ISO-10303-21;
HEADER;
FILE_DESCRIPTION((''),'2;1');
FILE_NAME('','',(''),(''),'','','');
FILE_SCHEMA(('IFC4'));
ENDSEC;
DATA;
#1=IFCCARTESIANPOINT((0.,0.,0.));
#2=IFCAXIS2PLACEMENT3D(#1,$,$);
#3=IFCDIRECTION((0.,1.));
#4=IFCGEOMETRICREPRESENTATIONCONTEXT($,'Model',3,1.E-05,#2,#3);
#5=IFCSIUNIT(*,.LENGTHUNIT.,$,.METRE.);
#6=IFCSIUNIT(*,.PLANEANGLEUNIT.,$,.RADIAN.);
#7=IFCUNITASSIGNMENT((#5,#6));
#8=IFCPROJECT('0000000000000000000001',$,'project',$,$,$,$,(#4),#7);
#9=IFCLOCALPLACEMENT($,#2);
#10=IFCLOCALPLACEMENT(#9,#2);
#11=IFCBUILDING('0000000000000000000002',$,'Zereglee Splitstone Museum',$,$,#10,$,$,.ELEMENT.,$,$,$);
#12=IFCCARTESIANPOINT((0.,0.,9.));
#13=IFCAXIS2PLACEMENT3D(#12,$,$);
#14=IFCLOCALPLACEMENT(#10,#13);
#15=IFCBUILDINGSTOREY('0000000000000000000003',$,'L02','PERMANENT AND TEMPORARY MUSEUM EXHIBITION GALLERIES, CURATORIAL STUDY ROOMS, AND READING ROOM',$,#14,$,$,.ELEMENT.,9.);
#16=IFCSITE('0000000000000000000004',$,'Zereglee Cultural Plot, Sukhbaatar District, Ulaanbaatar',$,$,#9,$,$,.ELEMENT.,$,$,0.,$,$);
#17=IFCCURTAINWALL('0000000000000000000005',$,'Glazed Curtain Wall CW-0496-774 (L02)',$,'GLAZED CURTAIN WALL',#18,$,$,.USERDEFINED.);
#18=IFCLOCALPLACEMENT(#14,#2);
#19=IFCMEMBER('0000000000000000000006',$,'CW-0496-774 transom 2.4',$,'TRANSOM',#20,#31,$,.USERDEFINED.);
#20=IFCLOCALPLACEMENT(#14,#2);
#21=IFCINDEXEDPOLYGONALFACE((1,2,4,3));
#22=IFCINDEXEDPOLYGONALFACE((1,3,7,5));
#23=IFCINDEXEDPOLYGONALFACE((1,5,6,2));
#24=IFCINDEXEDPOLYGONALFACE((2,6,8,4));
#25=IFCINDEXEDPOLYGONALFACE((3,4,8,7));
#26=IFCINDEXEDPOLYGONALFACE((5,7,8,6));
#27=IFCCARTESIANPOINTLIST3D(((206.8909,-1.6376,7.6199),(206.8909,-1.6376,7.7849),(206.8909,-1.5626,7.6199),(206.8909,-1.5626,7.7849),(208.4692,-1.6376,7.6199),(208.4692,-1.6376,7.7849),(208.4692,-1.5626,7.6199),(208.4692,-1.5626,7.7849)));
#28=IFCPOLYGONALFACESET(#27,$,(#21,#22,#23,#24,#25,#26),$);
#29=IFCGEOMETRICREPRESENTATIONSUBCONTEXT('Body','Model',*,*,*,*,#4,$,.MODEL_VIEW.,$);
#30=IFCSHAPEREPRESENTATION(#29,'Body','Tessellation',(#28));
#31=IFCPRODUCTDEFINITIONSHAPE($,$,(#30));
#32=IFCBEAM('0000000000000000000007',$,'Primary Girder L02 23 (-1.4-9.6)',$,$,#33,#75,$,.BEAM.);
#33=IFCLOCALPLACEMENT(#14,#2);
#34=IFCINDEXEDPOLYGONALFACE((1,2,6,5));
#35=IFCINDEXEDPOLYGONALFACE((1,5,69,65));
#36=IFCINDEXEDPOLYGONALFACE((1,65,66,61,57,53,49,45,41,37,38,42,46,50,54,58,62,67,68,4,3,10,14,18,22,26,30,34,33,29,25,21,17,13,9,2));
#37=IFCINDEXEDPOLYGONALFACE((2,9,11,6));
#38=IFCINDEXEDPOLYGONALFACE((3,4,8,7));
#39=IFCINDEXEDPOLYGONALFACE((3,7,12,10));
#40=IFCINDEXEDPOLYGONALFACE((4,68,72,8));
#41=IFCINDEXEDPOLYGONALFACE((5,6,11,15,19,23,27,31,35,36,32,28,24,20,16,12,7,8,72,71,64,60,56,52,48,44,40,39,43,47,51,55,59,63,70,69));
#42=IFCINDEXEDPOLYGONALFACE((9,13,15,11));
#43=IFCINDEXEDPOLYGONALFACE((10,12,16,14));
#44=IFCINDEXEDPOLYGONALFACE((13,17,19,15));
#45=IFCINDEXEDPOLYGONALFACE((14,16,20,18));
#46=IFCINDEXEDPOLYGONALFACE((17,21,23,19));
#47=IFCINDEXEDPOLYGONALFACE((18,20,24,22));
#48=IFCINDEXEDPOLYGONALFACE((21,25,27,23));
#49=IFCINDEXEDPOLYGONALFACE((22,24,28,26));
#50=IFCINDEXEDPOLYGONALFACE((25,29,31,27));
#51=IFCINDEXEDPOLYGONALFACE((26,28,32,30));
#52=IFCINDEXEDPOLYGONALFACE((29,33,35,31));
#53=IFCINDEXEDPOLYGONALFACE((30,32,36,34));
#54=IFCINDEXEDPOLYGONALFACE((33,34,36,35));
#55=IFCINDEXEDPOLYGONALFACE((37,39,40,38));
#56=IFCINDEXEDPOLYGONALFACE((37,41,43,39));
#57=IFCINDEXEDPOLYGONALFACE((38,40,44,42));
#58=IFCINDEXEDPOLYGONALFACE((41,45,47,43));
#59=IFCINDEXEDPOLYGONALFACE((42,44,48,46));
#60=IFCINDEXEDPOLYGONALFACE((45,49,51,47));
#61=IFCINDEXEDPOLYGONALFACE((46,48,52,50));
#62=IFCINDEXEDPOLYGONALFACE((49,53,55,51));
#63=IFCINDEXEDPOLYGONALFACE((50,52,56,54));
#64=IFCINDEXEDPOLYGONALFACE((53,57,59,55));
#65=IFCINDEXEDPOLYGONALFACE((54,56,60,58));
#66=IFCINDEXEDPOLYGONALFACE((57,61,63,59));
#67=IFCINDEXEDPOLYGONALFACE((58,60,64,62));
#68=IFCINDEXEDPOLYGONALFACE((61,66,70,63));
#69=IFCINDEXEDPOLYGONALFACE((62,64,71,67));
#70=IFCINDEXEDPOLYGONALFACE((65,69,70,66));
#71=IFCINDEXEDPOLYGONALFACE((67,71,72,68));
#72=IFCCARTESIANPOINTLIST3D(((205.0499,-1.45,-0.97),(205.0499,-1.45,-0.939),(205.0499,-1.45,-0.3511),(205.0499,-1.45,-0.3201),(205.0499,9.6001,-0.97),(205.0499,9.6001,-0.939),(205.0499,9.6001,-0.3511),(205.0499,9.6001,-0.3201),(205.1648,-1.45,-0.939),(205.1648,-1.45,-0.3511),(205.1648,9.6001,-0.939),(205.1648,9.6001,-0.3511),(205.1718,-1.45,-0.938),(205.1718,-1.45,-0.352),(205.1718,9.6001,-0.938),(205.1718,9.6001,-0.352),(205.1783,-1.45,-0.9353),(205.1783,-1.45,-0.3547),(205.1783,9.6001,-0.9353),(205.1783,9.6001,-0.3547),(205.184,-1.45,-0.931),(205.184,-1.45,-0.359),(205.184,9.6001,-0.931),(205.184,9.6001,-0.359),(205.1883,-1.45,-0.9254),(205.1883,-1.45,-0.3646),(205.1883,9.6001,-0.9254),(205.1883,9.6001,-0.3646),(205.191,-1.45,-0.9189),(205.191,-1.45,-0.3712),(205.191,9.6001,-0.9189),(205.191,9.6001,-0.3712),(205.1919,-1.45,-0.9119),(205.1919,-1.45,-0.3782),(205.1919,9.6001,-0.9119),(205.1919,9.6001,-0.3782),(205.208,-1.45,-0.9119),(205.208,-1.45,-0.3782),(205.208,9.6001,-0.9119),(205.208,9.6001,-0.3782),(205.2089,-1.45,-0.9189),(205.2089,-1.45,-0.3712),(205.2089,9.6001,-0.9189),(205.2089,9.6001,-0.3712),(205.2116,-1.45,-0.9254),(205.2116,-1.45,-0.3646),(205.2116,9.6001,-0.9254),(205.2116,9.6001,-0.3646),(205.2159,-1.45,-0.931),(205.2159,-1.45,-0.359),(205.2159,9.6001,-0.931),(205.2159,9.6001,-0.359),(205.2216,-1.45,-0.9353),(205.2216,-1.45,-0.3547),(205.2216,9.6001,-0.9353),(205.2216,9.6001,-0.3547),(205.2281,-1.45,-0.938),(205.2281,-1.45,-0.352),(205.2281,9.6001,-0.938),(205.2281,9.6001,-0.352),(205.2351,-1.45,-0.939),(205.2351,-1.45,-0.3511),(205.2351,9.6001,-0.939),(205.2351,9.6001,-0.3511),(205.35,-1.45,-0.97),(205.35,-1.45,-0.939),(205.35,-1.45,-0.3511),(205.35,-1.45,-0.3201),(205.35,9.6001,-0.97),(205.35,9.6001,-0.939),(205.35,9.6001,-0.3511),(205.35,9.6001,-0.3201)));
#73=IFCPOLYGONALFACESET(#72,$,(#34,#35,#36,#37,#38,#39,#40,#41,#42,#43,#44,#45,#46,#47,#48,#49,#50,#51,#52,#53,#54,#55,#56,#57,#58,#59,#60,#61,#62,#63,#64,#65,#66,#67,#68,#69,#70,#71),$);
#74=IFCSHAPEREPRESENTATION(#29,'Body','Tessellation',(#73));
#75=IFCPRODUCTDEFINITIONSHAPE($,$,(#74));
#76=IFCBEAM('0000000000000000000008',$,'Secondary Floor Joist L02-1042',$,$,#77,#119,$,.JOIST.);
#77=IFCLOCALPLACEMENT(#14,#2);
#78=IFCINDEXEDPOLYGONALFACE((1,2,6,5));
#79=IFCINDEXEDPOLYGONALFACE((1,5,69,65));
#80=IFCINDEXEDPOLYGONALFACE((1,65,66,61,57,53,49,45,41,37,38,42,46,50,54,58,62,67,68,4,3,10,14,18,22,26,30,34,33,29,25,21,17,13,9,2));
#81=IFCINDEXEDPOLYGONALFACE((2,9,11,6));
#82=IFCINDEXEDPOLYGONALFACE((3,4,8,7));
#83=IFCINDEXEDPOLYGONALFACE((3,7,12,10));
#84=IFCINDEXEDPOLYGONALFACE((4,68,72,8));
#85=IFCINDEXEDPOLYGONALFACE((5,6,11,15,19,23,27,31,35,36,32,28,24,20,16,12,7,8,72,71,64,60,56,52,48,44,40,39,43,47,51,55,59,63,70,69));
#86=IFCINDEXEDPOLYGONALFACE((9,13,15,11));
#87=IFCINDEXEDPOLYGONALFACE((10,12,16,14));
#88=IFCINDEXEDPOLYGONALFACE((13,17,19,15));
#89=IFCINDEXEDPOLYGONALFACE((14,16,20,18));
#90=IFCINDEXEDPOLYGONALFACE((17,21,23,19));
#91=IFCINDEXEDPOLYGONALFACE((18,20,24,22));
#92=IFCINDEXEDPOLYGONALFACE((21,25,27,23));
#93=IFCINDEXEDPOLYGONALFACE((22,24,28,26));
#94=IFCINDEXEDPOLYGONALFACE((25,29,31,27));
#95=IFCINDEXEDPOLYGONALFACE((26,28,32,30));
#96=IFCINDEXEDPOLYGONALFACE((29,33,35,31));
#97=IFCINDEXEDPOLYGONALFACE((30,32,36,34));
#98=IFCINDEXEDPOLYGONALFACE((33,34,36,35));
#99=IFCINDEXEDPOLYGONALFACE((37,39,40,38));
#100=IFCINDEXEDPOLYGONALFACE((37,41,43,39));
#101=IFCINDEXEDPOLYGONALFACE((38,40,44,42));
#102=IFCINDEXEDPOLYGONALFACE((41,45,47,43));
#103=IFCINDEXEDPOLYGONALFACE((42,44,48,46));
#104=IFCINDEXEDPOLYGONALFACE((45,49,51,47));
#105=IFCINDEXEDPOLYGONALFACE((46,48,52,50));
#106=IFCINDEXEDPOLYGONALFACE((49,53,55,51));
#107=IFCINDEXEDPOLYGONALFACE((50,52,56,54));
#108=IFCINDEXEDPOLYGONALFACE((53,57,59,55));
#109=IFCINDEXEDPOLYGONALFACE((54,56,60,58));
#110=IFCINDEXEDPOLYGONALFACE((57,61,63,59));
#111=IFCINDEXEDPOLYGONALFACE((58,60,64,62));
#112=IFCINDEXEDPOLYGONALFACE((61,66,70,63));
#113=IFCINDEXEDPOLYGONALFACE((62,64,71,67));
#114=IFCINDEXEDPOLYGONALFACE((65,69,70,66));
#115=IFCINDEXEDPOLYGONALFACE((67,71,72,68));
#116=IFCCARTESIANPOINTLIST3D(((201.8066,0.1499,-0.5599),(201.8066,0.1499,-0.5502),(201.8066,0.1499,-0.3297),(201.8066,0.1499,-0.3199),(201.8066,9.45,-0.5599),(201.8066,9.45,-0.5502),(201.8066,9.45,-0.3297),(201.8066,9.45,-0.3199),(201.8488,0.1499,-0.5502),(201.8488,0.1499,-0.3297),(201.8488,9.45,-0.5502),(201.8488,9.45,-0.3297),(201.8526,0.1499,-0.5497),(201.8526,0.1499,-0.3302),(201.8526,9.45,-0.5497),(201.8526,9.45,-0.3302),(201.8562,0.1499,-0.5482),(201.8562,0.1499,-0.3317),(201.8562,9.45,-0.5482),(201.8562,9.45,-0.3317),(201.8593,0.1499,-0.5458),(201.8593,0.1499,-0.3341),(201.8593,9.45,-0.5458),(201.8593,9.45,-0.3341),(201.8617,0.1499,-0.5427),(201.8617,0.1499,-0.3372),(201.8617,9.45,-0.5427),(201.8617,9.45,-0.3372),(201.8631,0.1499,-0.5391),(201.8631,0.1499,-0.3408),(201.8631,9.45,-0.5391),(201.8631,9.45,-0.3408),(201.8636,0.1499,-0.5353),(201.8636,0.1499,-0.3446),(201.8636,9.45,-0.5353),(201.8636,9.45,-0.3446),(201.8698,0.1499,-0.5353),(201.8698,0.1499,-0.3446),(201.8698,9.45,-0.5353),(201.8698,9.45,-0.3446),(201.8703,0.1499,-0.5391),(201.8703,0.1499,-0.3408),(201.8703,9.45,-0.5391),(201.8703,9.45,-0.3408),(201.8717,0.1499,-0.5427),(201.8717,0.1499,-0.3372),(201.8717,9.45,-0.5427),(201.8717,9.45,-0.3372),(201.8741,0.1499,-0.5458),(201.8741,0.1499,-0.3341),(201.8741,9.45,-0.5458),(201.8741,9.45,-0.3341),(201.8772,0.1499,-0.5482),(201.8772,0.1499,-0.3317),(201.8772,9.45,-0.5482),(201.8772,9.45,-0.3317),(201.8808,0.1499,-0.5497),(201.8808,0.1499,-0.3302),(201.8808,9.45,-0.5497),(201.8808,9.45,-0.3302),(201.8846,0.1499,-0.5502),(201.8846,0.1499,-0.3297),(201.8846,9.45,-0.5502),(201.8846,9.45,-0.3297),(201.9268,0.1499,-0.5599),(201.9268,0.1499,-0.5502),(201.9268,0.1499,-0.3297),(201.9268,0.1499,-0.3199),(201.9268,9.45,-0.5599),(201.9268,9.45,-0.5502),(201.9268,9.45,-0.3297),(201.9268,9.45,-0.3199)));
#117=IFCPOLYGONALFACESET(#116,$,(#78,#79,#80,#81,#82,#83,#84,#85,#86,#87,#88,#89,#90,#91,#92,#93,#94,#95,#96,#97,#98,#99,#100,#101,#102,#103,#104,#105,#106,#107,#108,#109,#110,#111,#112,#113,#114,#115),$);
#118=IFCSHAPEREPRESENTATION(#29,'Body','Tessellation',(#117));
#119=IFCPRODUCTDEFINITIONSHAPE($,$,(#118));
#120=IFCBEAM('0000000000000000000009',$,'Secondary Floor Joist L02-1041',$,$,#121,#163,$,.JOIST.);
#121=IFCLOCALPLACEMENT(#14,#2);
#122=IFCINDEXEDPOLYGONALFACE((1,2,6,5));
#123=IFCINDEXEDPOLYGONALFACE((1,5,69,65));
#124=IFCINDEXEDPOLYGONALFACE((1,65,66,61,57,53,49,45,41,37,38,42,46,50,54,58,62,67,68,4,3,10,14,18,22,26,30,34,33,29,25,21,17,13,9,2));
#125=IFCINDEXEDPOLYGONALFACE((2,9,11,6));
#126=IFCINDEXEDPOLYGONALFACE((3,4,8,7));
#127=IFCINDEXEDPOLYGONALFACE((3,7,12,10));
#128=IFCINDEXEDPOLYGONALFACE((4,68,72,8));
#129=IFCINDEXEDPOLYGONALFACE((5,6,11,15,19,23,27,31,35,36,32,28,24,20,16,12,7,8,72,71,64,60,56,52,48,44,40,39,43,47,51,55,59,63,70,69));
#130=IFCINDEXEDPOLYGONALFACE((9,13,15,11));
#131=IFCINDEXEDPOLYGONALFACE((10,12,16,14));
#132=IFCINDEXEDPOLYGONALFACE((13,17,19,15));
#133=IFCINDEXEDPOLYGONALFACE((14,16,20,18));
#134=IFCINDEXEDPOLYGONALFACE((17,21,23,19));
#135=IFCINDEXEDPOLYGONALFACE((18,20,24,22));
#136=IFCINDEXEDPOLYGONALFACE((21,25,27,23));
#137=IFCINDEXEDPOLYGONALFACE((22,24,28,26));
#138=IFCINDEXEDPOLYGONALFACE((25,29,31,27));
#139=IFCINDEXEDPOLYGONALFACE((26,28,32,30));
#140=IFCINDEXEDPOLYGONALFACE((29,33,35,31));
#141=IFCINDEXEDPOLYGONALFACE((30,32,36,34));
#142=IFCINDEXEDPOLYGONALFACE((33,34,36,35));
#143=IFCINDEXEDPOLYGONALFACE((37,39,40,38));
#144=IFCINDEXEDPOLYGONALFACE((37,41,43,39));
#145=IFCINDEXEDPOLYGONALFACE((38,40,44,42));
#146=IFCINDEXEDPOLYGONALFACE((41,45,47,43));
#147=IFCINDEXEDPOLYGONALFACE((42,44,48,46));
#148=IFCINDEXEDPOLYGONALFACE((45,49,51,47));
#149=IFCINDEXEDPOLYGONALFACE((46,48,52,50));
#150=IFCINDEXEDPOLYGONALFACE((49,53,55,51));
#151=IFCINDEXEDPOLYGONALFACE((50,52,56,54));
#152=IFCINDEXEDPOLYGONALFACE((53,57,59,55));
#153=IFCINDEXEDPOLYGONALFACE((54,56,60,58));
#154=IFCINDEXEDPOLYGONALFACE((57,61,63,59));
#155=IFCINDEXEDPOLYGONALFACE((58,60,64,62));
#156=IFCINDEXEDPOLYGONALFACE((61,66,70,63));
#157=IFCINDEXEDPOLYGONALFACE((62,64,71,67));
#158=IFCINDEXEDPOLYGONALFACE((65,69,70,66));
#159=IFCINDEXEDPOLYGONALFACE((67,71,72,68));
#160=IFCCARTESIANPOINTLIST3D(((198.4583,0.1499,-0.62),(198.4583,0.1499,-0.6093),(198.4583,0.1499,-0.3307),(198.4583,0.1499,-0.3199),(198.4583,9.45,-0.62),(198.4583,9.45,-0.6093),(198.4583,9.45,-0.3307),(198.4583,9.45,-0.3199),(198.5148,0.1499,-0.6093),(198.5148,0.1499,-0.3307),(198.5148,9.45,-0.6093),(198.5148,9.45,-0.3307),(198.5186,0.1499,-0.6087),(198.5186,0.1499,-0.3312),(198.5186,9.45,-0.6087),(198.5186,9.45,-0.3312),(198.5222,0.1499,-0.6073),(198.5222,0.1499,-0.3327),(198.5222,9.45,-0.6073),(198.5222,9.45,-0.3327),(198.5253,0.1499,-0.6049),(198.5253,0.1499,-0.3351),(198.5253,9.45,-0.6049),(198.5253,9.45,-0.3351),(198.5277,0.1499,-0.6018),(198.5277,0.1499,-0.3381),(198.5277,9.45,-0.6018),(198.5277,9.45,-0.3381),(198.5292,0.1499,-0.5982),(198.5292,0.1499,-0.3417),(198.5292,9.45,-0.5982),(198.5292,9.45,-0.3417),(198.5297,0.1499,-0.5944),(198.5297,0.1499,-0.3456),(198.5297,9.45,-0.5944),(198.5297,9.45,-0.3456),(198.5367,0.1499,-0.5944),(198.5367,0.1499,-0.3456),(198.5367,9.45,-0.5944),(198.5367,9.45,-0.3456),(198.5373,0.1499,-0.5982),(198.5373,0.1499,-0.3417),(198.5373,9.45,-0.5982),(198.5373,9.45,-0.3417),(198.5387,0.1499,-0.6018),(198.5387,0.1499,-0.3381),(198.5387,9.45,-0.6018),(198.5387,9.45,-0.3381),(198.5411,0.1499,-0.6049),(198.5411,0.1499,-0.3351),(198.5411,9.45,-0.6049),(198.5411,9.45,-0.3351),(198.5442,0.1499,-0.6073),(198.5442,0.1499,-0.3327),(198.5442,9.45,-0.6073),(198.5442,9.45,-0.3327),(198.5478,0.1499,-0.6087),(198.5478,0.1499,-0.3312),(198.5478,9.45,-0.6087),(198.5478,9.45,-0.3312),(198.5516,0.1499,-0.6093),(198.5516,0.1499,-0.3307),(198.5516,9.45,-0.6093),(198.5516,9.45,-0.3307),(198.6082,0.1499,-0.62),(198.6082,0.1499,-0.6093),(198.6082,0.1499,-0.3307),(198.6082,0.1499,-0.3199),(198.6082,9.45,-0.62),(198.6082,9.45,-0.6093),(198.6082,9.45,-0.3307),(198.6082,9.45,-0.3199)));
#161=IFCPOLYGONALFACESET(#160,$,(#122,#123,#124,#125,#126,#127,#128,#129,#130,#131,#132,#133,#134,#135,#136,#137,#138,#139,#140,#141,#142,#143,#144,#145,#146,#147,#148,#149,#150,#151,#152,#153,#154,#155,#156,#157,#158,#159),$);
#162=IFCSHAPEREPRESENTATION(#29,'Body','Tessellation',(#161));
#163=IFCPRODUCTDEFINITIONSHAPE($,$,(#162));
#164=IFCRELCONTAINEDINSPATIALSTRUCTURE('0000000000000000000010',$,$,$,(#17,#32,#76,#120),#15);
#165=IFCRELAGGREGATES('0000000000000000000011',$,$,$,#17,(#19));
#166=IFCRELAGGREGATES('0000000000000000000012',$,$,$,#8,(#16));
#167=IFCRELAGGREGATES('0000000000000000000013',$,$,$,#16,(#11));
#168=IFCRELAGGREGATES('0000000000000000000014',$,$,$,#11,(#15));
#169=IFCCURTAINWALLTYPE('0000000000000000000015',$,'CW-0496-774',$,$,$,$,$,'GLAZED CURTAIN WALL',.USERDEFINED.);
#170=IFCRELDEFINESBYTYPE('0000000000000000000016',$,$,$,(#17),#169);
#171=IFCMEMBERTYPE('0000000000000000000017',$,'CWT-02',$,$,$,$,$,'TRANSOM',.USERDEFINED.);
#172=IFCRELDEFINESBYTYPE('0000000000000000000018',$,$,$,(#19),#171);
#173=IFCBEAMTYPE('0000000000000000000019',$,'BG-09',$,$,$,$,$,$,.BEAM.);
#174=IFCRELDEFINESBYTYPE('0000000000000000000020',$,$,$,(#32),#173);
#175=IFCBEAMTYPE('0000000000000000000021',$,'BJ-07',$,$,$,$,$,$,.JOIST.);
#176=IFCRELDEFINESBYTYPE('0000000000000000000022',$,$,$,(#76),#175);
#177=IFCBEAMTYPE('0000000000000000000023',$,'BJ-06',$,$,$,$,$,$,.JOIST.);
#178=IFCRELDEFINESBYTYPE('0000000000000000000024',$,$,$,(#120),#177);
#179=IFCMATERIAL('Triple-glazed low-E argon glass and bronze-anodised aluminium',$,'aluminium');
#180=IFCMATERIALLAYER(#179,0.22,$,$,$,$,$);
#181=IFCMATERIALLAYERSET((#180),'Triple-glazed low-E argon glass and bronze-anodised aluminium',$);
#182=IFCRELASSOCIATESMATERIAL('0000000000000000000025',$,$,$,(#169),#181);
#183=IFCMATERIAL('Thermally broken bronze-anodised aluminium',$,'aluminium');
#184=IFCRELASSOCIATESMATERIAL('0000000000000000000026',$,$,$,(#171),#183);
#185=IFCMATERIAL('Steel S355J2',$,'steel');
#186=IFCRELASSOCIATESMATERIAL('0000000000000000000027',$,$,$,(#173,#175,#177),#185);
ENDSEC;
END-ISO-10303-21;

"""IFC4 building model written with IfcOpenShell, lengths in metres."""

from ifc_helpers import new_model, si_unit, direction, frame, origin, origin_2d, place, context, subcontext, project, spatial, rectangle, i_section, extrude, material, layer, layer_set, material_profile, profile_set, type_object, element, aggregate, save


model = new_model("IFC4")

# Units and contexts
model_context = context("Model", 3, precision=1e-05, world=origin(), true_north=direction((0.0, 1.0)))
body_context = subcontext(model_context, "Body", "Model", "MODEL_VIEW")
ifc_project = project(units=[si_unit("LENGTHUNIT", "METRE"), si_unit("PLANEANGLEUNIT", "RADIAN")], contexts=[model_context])

# Site, building, storey
site_placement = place(None, origin())
site = spatial("IfcSite", under=ifc_project, at=site_placement, Name="Zereglee Cultural Plot, Sukhbaatar District, Ulaanbaatar", CompositionType="ELEMENT", RefElevation=0.0)
building_placement = place(site_placement, origin())
building = spatial("IfcBuilding", under=site, at=building_placement, Name="Zereglee Splitstone Museum", CompositionType="ELEMENT")
storey_placement = place(building_placement, frame((0.0, 0.0, 9.0)))
storey = spatial("IfcBuildingStorey", under=building, at=storey_placement, Name="L02", Description="PERMANENT AND TEMPORARY MUSEUM EXHIBITION GALLERIES, CURATORIAL STUDY ROOMS, AND READING ROOM", CompositionType="ELEMENT", Elevation=9.0)

# Shared definitions
ifc_material_1 = material(Name="Triple-glazed low-E argon glass and bronze-anodised aluminium", Category="aluminium")
ifc_material_2 = material(Name="Thermally broken bronze-anodised aluminium", Category="aluminium")

# Curtain wall
ifc_layer_1 = layer(ifc_material_1, 0.22)
ifc_layer_set_1 = layer_set([ifc_layer_1], Name="Triple-glazed low-E argon glass and bronze-anodised aluminium")
curtain_wall_type_1 = type_object("IfcCurtainWallType", Name="CW-0496-774", ElementType="GLAZED CURTAIN WALL", PredefinedType="USERDEFINED", material=ifc_layer_set_1)
curtain_wall_1_placement = place(storey_placement, origin())
curtain_wall_1 = element("IfcCurtainWall", 1, at=curtain_wall_1_placement, inside=storey, type_object=curtain_wall_type_1, Name="Glazed Curtain Wall CW-0496-774 (L02)", ObjectType="GLAZED CURTAIN WALL", PredefinedType="USERDEFINED")

# Member
ifc_material_profile_1 = material_profile(ifc_material_2, rectangle(XDim=0.075, YDim=0.165, at=origin_2d()), Name="CW TRAN 75x165")
ifc_profile_set_1 = profile_set([ifc_material_profile_1], Name="Thermally broken bronze-anodised aluminium")
member_type_1 = type_object("IfcMemberType", Name="CWT-02", ElementType="TRANSOM", PredefinedType="USERDEFINED", material=ifc_profile_set_1)
member_1_placement = place(storey_placement, frame((206.8909, -1.6001, 7.7024), z_axis=(1.0, 0.0, 0.0), x_axis=(0.0, 1.0, 0.0)))
member_1 = element("IfcMember", 2, at=member_1_placement, type_object=member_type_1, Name="CW-0496-774 transom 2.4", ObjectType="TRANSOM", PredefinedType="USERDEFINED", context=body_context, shape_type="SweptSolid", body=[
    extrude(rectangle(XDim=0.075, YDim=0.165, at=origin_2d()), origin(), (0.0, 0.0, 1.0), 1.5784),
])

# Beams
ifc_material_3 = material(Name="Steel S355J2", Category="steel")
ifc_material_profile_2 = material_profile(ifc_material_3, i_section(OverallWidth=0.3, OverallDepth=0.6499, WebThickness=0.0161, FlangeThickness=0.031, FilletRadius=0.0271, at=origin_2d()), Name="HE 650 B")
ifc_profile_set_2 = profile_set([ifc_material_profile_2], Name="Steel S355J2")
beam_type_1 = type_object("IfcBeamType", Name="BG-09", PredefinedType="BEAM", material=ifc_profile_set_2)
beam_1_placement = place(storey_placement, frame((205.2, -1.45, -0.645), z_axis=(0.0, 1.0, 0.0), x_axis=(-1.0, 0.0, 0.0)))
element("IfcBeam", 3, at=beam_1_placement, inside=storey, type_object=beam_type_1, Name="Primary Girder L02 23 (-1.4-9.6)", PredefinedType="BEAM", context=body_context, shape_type="SweptSolid", body=[
    extrude(i_section(OverallWidth=0.3, OverallDepth=0.6499, WebThickness=0.0161, FlangeThickness=0.031, FilletRadius=0.0271, at=origin_2d()), origin(), (0.0, 0.0, 1.0), 11.05),
])
ifc_material_profile_3 = material_profile(ifc_material_3, i_section(OverallWidth=0.1201, OverallDepth=0.24, WebThickness=0.0061, FlangeThickness=0.0098, FilletRadius=0.0149, at=origin_2d()), Name="IPE 240")
ifc_profile_set_3 = profile_set([ifc_material_profile_3], Name="Steel S355J2")
beam_type_2 = type_object("IfcBeamType", Name="BJ-07", PredefinedType="JOIST", material=ifc_profile_set_3)
beam_2_placement = place(storey_placement, frame((201.8667, 0.1499, -0.4399), z_axis=(0.0, 1.0, 0.0), x_axis=(-1.0, 0.0, 0.0)))
element("IfcBeam", 4, at=beam_2_placement, inside=storey, type_object=beam_type_2, Name="Secondary Floor Joist L02-1042", PredefinedType="JOIST", context=body_context, shape_type="SweptSolid", body=[
    extrude(i_section(OverallWidth=0.1201, OverallDepth=0.24, WebThickness=0.0061, FlangeThickness=0.0098, FilletRadius=0.0149, at=origin_2d()), origin(), (0.0, 0.0, 1.0), 9.3),
])
ifc_material_profile_4 = material_profile(ifc_material_3, i_section(OverallWidth=0.1499, OverallDepth=0.3, WebThickness=0.0071, FlangeThickness=0.0107, FilletRadius=0.0149, at=origin_2d()), Name="IPE 300")
ifc_profile_set_4 = profile_set([ifc_material_profile_4], Name="Steel S355J2")
beam_type_3 = type_object("IfcBeamType", Name="BJ-06", PredefinedType="JOIST", material=ifc_profile_set_4)
beam_3_placement = place(storey_placement, frame((198.5332, 0.1499, -0.47), z_axis=(0.0, 1.0, 0.0), x_axis=(-1.0, 0.0, 0.0)))
element("IfcBeam", 5, at=beam_3_placement, inside=storey, type_object=beam_type_3, Name="Secondary Floor Joist L02-1041", PredefinedType="JOIST", context=body_context, shape_type="SweptSolid", body=[
    extrude(i_section(OverallWidth=0.1499, OverallDepth=0.3, WebThickness=0.0071, FlangeThickness=0.0107, FilletRadius=0.0149, at=origin_2d()), origin(), (0.0, 0.0, 1.0), 9.3),
])

aggregate(curtain_wall_1, [member_1])

save(model, "model.ifc")
